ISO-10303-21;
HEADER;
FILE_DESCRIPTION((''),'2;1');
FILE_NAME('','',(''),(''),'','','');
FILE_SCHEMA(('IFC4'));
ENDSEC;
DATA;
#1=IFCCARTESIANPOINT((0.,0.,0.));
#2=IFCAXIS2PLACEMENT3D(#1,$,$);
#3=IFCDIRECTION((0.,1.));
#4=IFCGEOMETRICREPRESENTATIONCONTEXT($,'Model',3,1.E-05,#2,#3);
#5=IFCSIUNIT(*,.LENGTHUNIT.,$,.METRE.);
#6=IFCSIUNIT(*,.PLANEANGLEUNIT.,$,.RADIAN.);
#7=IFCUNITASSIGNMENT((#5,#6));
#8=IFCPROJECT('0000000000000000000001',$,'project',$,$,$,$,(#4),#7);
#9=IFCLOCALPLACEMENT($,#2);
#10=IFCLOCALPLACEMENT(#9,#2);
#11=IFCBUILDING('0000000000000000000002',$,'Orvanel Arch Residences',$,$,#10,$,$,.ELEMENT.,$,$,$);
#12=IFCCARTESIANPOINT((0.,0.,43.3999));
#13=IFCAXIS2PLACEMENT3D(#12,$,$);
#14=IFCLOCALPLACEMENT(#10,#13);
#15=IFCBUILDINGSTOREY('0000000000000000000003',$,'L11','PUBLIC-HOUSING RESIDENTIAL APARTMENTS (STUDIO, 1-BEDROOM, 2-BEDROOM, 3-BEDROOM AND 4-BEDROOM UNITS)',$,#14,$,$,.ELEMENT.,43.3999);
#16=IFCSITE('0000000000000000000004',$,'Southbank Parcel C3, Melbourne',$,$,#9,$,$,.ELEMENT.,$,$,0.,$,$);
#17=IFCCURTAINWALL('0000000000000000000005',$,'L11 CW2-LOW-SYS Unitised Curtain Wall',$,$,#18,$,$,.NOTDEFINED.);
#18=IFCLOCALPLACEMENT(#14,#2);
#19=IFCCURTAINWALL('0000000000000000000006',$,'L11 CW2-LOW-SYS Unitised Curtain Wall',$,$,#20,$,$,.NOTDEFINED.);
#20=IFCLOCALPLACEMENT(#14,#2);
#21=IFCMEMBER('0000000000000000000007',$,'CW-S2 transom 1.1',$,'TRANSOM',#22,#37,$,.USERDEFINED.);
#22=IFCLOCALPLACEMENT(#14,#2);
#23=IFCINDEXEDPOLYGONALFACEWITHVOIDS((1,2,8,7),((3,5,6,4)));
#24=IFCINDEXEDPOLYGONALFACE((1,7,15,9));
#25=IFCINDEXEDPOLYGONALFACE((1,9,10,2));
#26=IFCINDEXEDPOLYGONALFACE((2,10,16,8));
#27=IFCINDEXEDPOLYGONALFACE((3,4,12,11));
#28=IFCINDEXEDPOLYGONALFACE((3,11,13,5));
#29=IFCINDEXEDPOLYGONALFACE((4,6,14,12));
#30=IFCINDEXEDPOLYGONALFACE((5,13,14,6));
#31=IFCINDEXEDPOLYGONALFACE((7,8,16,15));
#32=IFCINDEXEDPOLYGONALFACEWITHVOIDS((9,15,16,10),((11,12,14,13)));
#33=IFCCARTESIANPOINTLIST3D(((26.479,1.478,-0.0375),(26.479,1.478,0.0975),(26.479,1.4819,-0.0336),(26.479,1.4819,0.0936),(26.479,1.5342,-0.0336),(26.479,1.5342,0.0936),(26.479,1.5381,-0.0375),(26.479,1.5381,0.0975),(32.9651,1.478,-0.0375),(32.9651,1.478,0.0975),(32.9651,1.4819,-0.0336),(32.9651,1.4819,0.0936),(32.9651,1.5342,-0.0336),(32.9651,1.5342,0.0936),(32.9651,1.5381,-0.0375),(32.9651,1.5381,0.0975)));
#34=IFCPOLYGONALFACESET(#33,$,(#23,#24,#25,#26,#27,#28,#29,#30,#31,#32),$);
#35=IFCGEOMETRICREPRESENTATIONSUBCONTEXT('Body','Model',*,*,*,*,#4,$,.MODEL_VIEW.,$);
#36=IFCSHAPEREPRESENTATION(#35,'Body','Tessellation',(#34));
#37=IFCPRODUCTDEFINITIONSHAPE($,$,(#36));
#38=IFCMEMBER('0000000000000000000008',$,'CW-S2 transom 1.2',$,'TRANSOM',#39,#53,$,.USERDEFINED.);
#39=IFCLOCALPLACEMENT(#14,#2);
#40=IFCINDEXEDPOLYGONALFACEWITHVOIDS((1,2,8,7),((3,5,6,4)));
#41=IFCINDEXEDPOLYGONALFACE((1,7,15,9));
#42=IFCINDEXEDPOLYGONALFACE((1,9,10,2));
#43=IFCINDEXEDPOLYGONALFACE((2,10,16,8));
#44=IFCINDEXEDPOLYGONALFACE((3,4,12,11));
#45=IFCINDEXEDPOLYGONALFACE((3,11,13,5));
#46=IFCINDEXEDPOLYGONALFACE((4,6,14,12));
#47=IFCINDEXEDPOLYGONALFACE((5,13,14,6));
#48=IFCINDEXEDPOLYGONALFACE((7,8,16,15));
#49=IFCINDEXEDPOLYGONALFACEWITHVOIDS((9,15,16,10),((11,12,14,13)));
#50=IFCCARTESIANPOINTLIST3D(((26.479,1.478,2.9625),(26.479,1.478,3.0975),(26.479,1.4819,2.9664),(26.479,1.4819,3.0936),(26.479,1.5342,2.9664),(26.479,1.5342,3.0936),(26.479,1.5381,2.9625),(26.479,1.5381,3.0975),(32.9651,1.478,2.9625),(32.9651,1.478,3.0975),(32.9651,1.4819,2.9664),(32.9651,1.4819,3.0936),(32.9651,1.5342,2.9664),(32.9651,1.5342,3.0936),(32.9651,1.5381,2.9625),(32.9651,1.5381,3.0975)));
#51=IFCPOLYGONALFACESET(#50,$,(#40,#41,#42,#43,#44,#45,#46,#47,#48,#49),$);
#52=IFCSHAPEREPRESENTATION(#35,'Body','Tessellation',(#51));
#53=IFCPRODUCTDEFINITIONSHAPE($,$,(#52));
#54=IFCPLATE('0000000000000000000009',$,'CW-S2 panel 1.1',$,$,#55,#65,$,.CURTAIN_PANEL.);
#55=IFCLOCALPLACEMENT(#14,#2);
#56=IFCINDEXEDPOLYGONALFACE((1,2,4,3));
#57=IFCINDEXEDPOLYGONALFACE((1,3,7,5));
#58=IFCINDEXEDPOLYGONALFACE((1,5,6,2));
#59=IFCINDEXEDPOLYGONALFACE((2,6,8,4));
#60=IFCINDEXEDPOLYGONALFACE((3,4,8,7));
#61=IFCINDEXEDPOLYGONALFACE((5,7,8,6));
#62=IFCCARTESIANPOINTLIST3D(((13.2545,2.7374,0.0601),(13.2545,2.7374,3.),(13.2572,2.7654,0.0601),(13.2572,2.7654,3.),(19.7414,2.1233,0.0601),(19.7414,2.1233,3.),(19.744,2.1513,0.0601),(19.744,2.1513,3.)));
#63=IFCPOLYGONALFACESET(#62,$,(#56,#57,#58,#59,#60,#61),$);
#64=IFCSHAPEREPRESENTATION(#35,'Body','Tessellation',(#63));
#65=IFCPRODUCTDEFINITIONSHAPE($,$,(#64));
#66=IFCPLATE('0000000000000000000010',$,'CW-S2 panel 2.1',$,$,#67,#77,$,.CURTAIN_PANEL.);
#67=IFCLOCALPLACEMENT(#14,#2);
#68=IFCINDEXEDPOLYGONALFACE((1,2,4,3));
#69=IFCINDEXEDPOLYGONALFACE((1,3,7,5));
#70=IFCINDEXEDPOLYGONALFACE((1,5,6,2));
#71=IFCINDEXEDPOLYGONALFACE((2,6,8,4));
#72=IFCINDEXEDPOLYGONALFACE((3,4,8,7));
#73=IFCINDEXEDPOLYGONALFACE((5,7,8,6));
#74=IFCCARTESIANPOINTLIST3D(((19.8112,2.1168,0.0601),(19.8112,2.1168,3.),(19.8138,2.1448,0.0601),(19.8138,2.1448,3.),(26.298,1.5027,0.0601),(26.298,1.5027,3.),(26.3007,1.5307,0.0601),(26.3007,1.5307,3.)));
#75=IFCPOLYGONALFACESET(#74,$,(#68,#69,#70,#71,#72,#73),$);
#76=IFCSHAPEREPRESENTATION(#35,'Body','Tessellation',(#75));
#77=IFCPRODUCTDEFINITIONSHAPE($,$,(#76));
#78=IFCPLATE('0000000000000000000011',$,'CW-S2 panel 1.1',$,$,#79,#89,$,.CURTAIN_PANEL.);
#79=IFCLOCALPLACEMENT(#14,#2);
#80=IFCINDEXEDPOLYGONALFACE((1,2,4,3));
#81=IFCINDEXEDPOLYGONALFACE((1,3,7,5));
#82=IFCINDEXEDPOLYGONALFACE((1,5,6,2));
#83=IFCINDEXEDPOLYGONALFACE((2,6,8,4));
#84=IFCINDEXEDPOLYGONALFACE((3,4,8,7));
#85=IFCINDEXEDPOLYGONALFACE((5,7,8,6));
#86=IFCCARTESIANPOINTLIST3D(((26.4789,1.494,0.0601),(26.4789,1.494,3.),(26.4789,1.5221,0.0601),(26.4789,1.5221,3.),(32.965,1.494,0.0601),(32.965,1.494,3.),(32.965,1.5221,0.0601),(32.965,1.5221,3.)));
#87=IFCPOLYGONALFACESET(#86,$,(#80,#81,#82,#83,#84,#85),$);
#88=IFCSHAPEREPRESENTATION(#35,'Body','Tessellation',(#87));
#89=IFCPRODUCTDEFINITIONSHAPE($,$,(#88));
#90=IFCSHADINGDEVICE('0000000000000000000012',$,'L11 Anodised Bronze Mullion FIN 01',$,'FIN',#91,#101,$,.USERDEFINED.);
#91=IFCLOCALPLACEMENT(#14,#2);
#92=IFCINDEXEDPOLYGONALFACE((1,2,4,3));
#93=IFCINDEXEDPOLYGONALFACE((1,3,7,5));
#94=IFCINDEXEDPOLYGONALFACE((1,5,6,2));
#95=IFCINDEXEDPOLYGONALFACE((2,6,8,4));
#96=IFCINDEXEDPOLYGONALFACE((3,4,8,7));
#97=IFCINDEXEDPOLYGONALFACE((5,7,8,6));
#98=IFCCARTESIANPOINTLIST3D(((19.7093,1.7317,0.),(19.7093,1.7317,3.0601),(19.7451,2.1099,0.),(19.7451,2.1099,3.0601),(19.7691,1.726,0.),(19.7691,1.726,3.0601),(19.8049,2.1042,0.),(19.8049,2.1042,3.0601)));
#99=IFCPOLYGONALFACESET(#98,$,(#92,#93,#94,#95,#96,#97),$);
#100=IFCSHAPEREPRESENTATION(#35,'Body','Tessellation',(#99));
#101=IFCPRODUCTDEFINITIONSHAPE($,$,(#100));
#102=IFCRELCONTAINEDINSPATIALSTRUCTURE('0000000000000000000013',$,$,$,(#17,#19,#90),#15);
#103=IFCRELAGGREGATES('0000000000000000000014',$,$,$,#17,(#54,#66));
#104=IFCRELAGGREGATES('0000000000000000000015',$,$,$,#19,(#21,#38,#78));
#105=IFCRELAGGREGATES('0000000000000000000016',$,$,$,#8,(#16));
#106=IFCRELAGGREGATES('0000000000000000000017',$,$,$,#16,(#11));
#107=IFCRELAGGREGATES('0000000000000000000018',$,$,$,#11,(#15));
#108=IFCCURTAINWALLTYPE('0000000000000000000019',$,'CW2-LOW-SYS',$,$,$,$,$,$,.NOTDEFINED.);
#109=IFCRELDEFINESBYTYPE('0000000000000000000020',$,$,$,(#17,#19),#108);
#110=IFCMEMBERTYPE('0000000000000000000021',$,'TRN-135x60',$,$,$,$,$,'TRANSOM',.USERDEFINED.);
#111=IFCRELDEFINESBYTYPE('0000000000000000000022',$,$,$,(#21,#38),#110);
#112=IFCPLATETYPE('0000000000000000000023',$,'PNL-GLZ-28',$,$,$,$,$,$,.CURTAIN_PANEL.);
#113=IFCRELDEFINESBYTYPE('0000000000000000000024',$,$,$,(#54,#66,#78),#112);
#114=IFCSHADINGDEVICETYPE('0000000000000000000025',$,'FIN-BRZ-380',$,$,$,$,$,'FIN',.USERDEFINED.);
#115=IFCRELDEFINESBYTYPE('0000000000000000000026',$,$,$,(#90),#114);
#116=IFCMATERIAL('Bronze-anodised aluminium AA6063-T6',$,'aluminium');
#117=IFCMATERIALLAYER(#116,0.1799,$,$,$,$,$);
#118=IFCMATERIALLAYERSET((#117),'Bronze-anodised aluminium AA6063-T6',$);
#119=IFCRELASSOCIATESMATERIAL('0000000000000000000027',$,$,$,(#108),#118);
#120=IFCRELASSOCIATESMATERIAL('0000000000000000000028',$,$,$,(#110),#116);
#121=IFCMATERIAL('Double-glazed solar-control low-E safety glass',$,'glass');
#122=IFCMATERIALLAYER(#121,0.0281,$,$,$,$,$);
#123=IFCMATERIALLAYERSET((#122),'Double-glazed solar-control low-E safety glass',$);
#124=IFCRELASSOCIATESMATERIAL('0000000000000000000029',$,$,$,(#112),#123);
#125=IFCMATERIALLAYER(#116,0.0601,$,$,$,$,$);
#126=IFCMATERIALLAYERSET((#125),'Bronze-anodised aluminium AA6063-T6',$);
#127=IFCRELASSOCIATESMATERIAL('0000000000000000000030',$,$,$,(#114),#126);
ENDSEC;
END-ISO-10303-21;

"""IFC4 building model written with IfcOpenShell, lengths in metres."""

from ifc_helpers import new_model, si_unit, direction, frame, origin, origin_2d, place, context, subcontext, project, spatial, rectangle, hollow_rectangle, extrude, material, layer, layer_set, material_profile, profile_set, type_object, element, aggregate, save


model = new_model("IFC4")

# Units and contexts
model_context = context("Model", 3, precision=1e-05, world=origin(), true_north=direction((0.0, 1.0)))
body_context = subcontext(model_context, "Body", "Model", "MODEL_VIEW")
ifc_project = project(units=[si_unit("LENGTHUNIT", "METRE"), si_unit("PLANEANGLEUNIT", "RADIAN")], contexts=[model_context])

# Site, building, storey
site_placement = place(None, origin())
site = spatial("IfcSite", under=ifc_project, at=site_placement, Name="Southbank Parcel C3, Melbourne", CompositionType="ELEMENT", RefElevation=0.0)
building_placement = place(site_placement, origin())
building = spatial("IfcBuilding", under=site, at=building_placement, Name="Orvanel Arch Residences", CompositionType="ELEMENT")
storey_placement = place(building_placement, frame((0.0, 0.0, 43.3999)))
storey = spatial("IfcBuildingStorey", under=building, at=storey_placement, Name="L11", Description="PUBLIC-HOUSING RESIDENTIAL APARTMENTS (STUDIO, 1-BEDROOM, 2-BEDROOM, 3-BEDROOM AND 4-BEDROOM UNITS)", CompositionType="ELEMENT", Elevation=43.3999)

# Shared definitions
ifc_material_1 = material(Name="Bronze-anodised aluminium AA6063-T6", Category="aluminium")

# Curtain wall
ifc_layer_1 = layer(ifc_material_1, 0.1799)
ifc_layer_set_1 = layer_set([ifc_layer_1], Name="Bronze-anodised aluminium AA6063-T6")
curtain_wall_type_1 = type_object("IfcCurtainWallType", Name="CW2-LOW-SYS", PredefinedType="NOTDEFINED", material=ifc_layer_set_1)
curtain_wall_1_placement = place(storey_placement, origin())
curtain_wall_1 = element("IfcCurtainWall", 1, at=curtain_wall_1_placement, inside=storey, type_object=curtain_wall_type_1, Name="L11 CW2-LOW-SYS Unitised Curtain Wall", PredefinedType="NOTDEFINED")

# Curtain wall
curtain_wall_2_placement = place(storey_placement, origin())
curtain_wall_2 = element("IfcCurtainWall", 2, at=curtain_wall_2_placement, inside=storey, type_object=curtain_wall_type_1, Name="L11 CW2-LOW-SYS Unitised Curtain Wall", PredefinedType="NOTDEFINED")

# Members
ifc_material_profile_1 = material_profile(ifc_material_1, hollow_rectangle(XDim=0.0601, YDim=0.135, WallThickness=0.0039, at=origin_2d()), Name="ALU135x60x4")
ifc_profile_set_1 = profile_set([ifc_material_profile_1], Name="Bronze-anodised aluminium AA6063-T6")
member_type_1 = type_object("IfcMemberType", Name="TRN-135x60", ElementType="TRANSOM", PredefinedType="USERDEFINED", material=ifc_profile_set_1)
member_1_placement = place(storey_placement, frame((26.479, 1.5081, 0.03), z_axis=(1.0, 0.0, 0.0), x_axis=(0.0, 1.0, 0.0)))
member_1 = element("IfcMember", 3, at=member_1_placement, type_object=member_type_1, Name="CW-S2 transom 1.1", ObjectType="TRANSOM", PredefinedType="USERDEFINED", context=body_context, shape_type="SweptSolid", body=[
    extrude(hollow_rectangle(XDim=0.0601, YDim=0.135, WallThickness=0.0039, at=origin_2d()), origin(), (0.0, 0.0, 1.0), 6.4861),
])
member_2_placement = place(storey_placement, frame((26.479, 1.5081, 3.03), z_axis=(1.0, 0.0, 0.0), x_axis=(0.0, 1.0, 0.0)))
member_2 = element("IfcMember", 4, at=member_2_placement, type_object=member_type_1, Name="CW-S2 transom 1.2", ObjectType="TRANSOM", PredefinedType="USERDEFINED", context=body_context, shape_type="SweptSolid", body=[
    extrude(hollow_rectangle(XDim=0.0601, YDim=0.135, WallThickness=0.0039, at=origin_2d()), origin(), (0.0, 0.0, 1.0), 6.4861),
])

# Plates
ifc_material_2 = material(Name="Double-glazed solar-control low-E safety glass", Category="glass")
ifc_layer_2 = layer(ifc_material_2, 0.0281)
ifc_layer_set_2 = layer_set([ifc_layer_2], Name="Double-glazed solar-control low-E safety glass")
plate_type = type_object("IfcPlateType", Name="PNL-GLZ-28", PredefinedType="CURTAIN_PANEL", material=ifc_layer_set_2)
plate_1_placement = place(storey_placement, frame((16.4993, 2.4443, 0.0601), z_axis=(0.0, 0.0, 1.0), x_axis=(0.995549, -0.094246, 0.0)))
plate_1 = element("IfcPlate", 5, at=plate_1_placement, type_object=plate_type, Name="CW-S2 panel 1.1", PredefinedType="CURTAIN_PANEL", context=body_context, shape_type="SweptSolid", body=[
    extrude(rectangle(XDim=6.5159, YDim=0.0281, at=origin_2d()), origin(), (0.0, 0.0, 1.0), 2.9399),
])
plate_2_placement = place(storey_placement, frame((23.0559, 1.8237, 0.0601), z_axis=(0.0, 0.0, 1.0), x_axis=(0.995549, -0.094246, 0.0)))
plate_2 = element("IfcPlate", 6, at=plate_2_placement, type_object=plate_type, Name="CW-S2 panel 2.1", PredefinedType="CURTAIN_PANEL", context=body_context, shape_type="SweptSolid", body=[
    extrude(rectangle(XDim=6.5159, YDim=0.0281, at=origin_2d()), origin(), (0.0, 0.0, 1.0), 2.9399),
])
aggregate(curtain_wall_1, [plate_1, plate_2])
plate_3_placement = place(storey_placement, frame((29.7219, 1.5081, 0.0601), z_axis=(0.0, 0.0, 1.0), x_axis=(1.0, 0.0, 0.0)))
plate_3 = element("IfcPlate", 7, at=plate_3_placement, type_object=plate_type, Name="CW-S2 panel 1.1", PredefinedType="CURTAIN_PANEL", context=body_context, shape_type="SweptSolid", body=[
    extrude(rectangle(XDim=6.4861, YDim=0.0281, at=origin_2d()), origin(), (0.0, 0.0, 1.0), 2.9399),
])
aggregate(curtain_wall_2, [member_1, member_2, plate_3])

# Shading device
ifc_layer_3 = layer(ifc_material_1, 0.0601)
ifc_layer_set_3 = layer_set([ifc_layer_3], Name="Bronze-anodised aluminium AA6063-T6")
shading_device_type = type_object("IfcShadingDeviceType", Name="FIN-BRZ-380", ElementType="FIN", PredefinedType="USERDEFINED", material=ifc_layer_set_3)
shading_device_placement = place(storey_placement, frame((19.7571, 1.918, 0.0), z_axis=(0.0, 0.0, 1.0), x_axis=(-0.094108, -0.995562, 0.0)))
element("IfcShadingDevice", 8, at=shading_device_placement, inside=storey, type_object=shading_device_type, Name="L11 Anodised Bronze Mullion FIN 01", ObjectType="FIN", PredefinedType="USERDEFINED", context=body_context, shape_type="SweptSolid", body=[
    extrude(rectangle(XDim=0.3799, YDim=0.0601, at=origin_2d()), origin(), (0.0, 0.0, 1.0), 3.0601),
])

save(model, "model.ifc")
